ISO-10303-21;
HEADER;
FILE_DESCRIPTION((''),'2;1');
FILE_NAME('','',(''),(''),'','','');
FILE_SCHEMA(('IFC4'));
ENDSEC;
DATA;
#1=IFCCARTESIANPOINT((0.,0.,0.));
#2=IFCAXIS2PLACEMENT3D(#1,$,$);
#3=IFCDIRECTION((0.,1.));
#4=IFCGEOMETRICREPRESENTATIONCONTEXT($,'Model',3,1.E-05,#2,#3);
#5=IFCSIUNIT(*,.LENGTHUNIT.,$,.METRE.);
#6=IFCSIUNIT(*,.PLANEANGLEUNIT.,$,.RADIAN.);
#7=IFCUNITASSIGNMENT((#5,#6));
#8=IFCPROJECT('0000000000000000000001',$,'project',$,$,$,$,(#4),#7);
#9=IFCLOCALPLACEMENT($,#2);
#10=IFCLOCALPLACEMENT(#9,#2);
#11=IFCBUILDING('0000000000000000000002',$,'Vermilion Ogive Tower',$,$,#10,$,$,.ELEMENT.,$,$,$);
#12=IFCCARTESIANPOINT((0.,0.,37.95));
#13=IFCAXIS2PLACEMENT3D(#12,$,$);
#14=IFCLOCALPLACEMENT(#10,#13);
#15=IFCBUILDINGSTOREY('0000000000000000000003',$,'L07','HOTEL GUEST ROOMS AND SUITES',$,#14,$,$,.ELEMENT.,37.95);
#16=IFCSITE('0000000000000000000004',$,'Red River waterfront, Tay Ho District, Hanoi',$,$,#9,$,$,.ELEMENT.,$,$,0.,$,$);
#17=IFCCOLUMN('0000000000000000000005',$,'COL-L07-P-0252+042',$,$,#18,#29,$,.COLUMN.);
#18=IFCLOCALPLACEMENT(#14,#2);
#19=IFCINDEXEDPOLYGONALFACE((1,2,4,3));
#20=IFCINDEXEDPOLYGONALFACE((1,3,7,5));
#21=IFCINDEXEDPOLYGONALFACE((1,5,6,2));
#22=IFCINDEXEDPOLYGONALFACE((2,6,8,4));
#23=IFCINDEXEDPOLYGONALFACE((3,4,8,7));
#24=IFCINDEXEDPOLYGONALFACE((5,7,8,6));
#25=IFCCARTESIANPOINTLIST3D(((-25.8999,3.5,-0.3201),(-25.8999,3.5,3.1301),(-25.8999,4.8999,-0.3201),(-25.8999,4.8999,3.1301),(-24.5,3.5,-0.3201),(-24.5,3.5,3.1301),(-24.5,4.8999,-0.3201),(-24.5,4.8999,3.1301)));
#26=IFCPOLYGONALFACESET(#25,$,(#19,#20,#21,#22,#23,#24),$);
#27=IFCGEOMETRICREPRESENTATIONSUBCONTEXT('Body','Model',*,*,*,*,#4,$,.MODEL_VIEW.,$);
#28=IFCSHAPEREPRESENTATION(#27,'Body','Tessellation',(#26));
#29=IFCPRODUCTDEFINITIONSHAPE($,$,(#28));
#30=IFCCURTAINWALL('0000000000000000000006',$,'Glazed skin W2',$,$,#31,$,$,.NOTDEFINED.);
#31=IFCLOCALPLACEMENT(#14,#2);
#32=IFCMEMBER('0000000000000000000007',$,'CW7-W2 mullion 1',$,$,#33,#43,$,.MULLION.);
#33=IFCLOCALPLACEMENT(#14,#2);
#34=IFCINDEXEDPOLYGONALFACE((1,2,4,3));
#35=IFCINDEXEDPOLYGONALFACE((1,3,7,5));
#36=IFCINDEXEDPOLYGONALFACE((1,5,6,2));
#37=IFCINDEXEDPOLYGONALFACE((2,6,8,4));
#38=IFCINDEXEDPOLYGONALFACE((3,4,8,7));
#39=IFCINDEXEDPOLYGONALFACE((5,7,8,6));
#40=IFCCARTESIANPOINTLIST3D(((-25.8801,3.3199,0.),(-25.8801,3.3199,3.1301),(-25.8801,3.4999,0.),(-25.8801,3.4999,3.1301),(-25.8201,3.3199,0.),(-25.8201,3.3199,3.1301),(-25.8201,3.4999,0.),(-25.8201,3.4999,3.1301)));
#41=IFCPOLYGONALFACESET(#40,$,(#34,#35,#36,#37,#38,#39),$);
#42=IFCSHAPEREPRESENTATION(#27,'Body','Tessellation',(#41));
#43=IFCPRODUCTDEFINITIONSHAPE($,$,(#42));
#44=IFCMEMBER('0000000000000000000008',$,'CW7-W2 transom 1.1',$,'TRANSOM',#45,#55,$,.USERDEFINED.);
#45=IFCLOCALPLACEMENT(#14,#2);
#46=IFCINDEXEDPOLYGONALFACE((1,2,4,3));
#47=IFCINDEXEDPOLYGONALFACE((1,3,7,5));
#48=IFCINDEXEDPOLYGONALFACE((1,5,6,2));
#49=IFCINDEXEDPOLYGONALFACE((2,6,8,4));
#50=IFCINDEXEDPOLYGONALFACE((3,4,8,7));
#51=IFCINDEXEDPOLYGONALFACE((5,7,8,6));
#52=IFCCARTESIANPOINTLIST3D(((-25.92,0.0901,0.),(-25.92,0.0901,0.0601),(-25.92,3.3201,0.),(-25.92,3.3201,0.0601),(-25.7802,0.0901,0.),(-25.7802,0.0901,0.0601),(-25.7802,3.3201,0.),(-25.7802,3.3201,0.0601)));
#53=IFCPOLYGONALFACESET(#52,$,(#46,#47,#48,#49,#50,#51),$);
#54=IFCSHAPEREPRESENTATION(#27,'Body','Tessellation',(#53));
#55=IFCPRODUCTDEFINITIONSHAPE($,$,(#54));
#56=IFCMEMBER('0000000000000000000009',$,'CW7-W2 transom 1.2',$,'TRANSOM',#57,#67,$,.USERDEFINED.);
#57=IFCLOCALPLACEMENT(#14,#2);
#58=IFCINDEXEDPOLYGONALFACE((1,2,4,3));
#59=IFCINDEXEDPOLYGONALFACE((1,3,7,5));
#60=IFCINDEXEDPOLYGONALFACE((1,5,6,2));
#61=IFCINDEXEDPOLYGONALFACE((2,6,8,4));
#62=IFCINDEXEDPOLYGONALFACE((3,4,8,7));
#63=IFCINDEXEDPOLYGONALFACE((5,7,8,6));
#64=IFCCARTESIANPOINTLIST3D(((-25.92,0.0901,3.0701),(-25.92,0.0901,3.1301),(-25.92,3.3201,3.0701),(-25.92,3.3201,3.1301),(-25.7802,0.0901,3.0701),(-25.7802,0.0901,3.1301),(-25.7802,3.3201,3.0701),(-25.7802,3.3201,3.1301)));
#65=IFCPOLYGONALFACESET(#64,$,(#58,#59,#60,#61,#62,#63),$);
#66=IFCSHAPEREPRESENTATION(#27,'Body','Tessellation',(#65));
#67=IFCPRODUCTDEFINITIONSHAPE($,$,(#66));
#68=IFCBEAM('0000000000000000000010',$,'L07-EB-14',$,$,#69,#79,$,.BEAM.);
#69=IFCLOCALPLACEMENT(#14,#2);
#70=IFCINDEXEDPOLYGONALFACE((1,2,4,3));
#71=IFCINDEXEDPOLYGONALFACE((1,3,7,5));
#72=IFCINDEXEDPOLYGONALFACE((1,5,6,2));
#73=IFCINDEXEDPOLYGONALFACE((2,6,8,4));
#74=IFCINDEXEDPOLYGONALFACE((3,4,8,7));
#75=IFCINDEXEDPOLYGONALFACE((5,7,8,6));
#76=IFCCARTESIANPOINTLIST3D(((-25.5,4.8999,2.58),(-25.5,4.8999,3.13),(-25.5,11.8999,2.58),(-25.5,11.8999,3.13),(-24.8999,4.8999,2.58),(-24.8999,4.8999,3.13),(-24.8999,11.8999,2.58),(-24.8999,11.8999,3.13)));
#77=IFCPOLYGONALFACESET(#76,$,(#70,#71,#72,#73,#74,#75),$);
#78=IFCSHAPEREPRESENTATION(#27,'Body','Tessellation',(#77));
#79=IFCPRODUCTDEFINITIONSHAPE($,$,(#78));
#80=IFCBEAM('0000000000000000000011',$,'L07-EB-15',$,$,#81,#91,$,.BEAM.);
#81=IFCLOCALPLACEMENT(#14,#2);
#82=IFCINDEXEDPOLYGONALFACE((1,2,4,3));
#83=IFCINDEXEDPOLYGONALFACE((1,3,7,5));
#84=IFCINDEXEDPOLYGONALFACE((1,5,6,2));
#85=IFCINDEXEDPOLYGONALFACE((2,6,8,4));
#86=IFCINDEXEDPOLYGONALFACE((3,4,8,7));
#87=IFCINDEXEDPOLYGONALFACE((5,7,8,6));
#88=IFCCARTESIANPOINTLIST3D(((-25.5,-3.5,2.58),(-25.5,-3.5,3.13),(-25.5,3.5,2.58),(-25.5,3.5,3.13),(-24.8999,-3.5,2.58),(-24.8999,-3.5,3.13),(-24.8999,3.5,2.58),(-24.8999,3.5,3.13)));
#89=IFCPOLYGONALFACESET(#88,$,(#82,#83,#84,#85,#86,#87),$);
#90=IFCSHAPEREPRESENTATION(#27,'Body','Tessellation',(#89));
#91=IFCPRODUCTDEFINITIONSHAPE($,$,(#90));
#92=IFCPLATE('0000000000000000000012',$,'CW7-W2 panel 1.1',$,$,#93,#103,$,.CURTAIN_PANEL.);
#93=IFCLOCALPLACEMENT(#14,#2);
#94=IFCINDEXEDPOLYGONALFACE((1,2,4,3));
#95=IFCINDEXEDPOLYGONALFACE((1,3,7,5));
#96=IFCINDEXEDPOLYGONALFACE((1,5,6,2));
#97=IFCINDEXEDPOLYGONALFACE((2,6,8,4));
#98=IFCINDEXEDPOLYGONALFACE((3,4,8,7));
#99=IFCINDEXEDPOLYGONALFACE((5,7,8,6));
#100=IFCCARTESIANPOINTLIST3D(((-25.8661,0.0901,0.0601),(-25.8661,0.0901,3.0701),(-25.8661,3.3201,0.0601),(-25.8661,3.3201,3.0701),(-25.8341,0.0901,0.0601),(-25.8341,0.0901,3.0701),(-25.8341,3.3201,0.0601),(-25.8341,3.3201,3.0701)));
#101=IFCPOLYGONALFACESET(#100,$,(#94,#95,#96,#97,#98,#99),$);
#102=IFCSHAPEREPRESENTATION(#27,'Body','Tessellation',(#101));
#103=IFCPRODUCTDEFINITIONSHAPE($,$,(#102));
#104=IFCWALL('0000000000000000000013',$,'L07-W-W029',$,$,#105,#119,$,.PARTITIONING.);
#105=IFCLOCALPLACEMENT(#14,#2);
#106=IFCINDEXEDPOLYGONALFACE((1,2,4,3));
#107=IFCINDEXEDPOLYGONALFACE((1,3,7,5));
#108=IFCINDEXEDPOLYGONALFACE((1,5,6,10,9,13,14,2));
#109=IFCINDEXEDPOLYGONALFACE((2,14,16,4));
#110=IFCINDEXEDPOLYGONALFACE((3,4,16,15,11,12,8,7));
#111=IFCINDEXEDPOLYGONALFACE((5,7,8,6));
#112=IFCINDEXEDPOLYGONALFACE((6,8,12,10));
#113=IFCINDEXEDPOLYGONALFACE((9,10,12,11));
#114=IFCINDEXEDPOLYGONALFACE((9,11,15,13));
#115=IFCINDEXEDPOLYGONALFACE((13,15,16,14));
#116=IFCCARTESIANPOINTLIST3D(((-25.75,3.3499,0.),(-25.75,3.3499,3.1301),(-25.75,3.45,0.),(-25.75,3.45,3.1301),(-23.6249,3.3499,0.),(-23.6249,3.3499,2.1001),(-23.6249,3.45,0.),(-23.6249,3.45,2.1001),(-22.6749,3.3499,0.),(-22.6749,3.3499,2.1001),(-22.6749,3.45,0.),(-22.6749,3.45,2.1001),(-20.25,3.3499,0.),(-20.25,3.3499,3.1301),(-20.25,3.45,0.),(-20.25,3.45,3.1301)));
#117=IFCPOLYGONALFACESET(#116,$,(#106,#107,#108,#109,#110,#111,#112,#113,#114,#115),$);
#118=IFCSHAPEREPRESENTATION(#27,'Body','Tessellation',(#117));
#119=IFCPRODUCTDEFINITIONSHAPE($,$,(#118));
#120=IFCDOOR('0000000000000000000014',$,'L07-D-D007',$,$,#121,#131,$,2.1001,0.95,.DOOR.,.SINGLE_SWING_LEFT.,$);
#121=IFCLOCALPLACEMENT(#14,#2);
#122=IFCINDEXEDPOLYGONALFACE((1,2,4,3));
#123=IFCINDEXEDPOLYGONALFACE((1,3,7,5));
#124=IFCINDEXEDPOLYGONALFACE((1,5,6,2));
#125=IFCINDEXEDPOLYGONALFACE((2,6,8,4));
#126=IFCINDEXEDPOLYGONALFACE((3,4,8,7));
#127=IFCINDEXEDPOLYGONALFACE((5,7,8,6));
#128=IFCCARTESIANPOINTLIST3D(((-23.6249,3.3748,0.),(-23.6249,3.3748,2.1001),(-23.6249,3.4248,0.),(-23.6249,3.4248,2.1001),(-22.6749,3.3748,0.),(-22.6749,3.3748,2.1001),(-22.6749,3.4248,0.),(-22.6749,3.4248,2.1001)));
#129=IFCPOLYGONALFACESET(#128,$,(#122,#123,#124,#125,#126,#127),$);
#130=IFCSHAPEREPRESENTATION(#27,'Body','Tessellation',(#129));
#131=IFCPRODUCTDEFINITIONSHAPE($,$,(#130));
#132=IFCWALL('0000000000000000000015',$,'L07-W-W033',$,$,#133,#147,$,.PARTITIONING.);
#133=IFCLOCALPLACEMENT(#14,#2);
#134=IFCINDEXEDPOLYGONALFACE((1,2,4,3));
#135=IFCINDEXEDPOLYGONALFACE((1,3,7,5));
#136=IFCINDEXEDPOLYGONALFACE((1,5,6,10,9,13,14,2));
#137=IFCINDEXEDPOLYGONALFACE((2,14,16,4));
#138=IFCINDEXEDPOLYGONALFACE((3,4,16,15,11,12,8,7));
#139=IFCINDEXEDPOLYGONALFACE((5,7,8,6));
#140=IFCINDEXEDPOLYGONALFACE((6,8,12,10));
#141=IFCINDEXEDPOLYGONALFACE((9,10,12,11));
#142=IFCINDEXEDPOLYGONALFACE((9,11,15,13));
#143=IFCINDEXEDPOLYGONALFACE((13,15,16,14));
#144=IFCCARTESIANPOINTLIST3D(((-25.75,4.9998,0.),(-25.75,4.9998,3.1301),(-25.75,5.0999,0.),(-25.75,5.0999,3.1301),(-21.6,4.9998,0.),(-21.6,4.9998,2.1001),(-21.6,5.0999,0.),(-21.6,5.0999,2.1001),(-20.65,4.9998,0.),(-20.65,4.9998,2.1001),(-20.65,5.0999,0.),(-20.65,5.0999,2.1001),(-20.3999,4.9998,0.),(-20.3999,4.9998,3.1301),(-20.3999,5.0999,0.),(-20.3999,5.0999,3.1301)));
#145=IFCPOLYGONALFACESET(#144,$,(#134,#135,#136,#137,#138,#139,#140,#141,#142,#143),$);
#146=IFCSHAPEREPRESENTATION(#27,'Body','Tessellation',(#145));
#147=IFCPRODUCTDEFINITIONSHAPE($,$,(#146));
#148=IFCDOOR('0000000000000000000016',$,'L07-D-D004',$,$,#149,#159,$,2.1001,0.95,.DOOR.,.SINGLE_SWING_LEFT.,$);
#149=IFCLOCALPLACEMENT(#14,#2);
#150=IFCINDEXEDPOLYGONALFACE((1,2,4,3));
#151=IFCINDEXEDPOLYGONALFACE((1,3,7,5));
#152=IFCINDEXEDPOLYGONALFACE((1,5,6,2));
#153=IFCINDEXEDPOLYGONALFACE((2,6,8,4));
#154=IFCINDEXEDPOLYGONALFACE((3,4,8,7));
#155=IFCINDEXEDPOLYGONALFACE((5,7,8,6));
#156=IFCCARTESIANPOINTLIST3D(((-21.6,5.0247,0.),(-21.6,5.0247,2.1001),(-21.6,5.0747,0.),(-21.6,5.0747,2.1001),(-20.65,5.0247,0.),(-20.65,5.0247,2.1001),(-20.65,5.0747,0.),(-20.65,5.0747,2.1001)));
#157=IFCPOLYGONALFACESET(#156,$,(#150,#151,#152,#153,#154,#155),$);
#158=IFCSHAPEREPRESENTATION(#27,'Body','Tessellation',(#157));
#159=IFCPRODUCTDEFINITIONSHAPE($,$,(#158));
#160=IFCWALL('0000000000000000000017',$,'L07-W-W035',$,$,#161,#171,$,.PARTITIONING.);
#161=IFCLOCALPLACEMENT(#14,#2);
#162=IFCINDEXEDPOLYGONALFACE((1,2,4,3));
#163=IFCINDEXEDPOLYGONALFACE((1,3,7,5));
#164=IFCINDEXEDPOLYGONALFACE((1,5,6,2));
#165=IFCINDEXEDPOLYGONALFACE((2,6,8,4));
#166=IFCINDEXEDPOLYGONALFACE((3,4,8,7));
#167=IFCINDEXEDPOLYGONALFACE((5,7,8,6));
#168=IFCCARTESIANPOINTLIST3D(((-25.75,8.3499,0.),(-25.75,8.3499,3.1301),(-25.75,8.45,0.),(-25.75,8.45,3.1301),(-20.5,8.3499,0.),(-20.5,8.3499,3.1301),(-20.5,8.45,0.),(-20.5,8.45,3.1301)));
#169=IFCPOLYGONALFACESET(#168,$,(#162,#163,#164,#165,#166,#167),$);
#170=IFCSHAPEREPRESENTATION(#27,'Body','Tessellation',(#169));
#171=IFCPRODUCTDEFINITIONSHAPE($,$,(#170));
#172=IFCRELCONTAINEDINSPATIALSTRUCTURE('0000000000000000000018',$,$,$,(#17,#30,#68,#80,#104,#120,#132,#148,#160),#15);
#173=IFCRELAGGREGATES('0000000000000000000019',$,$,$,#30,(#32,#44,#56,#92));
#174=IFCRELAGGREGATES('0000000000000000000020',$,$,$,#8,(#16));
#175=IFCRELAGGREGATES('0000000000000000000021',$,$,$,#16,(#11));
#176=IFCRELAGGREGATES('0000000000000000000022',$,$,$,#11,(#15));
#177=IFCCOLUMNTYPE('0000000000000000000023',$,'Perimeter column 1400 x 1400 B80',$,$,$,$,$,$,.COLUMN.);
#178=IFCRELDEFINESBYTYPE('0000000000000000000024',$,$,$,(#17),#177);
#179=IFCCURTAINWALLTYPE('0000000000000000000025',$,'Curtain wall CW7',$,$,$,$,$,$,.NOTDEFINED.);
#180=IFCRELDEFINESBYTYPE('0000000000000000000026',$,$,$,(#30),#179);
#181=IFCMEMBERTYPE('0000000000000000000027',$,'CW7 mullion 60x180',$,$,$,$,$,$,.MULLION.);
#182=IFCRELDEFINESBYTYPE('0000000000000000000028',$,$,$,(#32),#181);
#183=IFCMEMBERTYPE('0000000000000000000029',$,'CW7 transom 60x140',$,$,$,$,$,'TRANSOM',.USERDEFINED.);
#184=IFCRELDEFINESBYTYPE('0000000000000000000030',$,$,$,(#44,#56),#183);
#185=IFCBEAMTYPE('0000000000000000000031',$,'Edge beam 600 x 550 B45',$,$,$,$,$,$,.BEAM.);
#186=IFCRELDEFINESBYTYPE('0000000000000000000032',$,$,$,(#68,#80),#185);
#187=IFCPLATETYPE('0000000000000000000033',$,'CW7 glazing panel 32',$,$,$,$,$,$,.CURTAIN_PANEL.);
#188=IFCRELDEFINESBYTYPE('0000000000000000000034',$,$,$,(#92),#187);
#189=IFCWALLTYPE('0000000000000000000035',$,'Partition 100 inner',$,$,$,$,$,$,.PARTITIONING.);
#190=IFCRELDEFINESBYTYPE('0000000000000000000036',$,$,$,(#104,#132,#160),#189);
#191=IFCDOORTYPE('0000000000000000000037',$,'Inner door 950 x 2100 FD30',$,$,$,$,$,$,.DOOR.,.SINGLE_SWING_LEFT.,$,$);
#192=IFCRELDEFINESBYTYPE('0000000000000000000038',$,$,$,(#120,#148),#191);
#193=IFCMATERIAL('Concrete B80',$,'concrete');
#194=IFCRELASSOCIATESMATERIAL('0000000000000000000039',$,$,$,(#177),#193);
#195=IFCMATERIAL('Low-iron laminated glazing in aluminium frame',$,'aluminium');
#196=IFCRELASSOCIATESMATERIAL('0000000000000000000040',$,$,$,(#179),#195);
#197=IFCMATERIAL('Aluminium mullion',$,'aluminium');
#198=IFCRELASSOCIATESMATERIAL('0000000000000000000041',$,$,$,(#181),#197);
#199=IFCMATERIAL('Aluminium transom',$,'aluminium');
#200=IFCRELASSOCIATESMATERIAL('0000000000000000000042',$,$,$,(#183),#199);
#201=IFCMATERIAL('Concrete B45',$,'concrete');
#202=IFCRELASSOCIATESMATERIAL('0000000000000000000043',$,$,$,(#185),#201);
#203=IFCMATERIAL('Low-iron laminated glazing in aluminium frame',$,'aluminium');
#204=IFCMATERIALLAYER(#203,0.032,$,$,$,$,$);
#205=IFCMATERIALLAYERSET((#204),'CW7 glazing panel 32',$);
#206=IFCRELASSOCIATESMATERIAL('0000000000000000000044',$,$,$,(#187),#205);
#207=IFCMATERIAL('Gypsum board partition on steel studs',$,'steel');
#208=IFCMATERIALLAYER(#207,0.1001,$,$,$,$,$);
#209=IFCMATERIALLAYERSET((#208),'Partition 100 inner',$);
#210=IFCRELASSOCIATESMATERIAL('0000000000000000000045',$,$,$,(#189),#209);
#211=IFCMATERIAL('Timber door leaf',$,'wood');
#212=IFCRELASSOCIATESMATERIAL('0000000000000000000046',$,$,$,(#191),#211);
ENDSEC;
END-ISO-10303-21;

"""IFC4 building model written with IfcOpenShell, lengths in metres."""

from ifc_helpers import new_model, si_unit, direction, frame, frame_2d, origin, origin_2d, place, context, subcontext, project, spatial, rectangle, extrude, material, layer, layer_set, material_profile, profile_set, type_object, element, fill, aggregate, save


model = new_model("IFC4")

# Units and contexts
model_context = context("Model", 3, precision=1e-05, world=origin(), true_north=direction((0.0, 1.0)))
body_context = subcontext(model_context, "Body", "Model", "MODEL_VIEW")
ifc_project = project(units=[si_unit("LENGTHUNIT", "METRE"), si_unit("PLANEANGLEUNIT", "RADIAN")], contexts=[model_context])

# Site, building, storey
site_placement = place(None, origin())
site = spatial("IfcSite", under=ifc_project, at=site_placement, Name="Red River waterfront, Tay Ho District, Hanoi", CompositionType="ELEMENT", RefElevation=0.0)
building_placement = place(site_placement, origin())
building = spatial("IfcBuilding", under=site, at=building_placement, Name="Vermilion Ogive Tower", CompositionType="ELEMENT")
storey_placement = place(building_placement, frame((0.0, 0.0, 37.95)))
storey = spatial("IfcBuildingStorey", under=building, at=storey_placement, Name="L07", Description="HOTEL GUEST ROOMS AND SUITES", CompositionType="ELEMENT", Elevation=37.95)

# Column
ifc_material_1 = material(Name="Concrete B80", Category="concrete")
ifc_material_profile_1 = material_profile(ifc_material_1, rectangle(XDim=1.3999, YDim=1.3999, at=origin_2d()), Name="1400 x 1400")
ifc_profile_set_1 = profile_set([ifc_material_profile_1], Name="Concrete B80")
column_type = type_object("IfcColumnType", Name="Perimeter column 1400 x 1400 B80", PredefinedType="COLUMN", material=ifc_profile_set_1)
column_placement = place(storey_placement, frame((-25.2, 4.2, -0.3201), z_axis=(0.0, 0.0, 1.0), x_axis=(1.0, 0.0, 0.0)))
element("IfcColumn", 1, at=column_placement, inside=storey, type_object=column_type, Name="COL-L07-P-0252+042", PredefinedType="COLUMN", context=body_context, shape_type="SweptSolid", body=[
    extrude(rectangle(XDim=1.3999, YDim=1.3999, at=origin_2d()), origin(), (0.0, 0.0, 1.0), 3.4502),
])

# Curtain wall, members
ifc_material_2 = material(Name="Low-iron laminated glazing in aluminium frame", Category="aluminium")
curtain_wall_type = type_object("IfcCurtainWallType", Name="Curtain wall CW7", PredefinedType="NOTDEFINED", material=ifc_material_2)
curtain_wall_placement = place(storey_placement, origin())
curtain_wall = element("IfcCurtainWall", 2, at=curtain_wall_placement, inside=storey, type_object=curtain_wall_type, Name="Glazed skin W2", PredefinedType="NOTDEFINED")
ifc_material_3 = material(Name="Aluminium mullion", Category="aluminium")
ifc_material_profile_2 = material_profile(ifc_material_3, rectangle(XDim=0.0601, YDim=0.1799, at=origin_2d()), Name="AL 60x180")
ifc_profile_set_2 = profile_set([ifc_material_profile_2], Name="Aluminium mullion")
member_type_1 = type_object("IfcMemberType", Name="CW7 mullion 60x180", PredefinedType="MULLION", material=ifc_profile_set_2)
member_1_placement = place(storey_placement, frame((-25.8501, 3.4099, 0.0), z_axis=(0.0, 0.0, 1.0), x_axis=(1.0, 0.0, 0.0)))
member_1 = element("IfcMember", 3, at=member_1_placement, type_object=member_type_1, Name="CW7-W2 mullion 1", PredefinedType="MULLION", context=body_context, shape_type="SweptSolid", body=[
    extrude(rectangle(XDim=0.0601, YDim=0.1799, at=origin_2d()), origin(), (0.0, 0.0, 1.0), 3.1301),
])
ifc_material_4 = material(Name="Aluminium transom", Category="aluminium")
ifc_material_profile_3 = material_profile(ifc_material_4, rectangle(XDim=0.1399, YDim=0.0601, at=origin_2d()), Name="AL 60x140")
ifc_profile_set_3 = profile_set([ifc_material_profile_3], Name="Aluminium transom")
member_type_2 = type_object("IfcMemberType", Name="CW7 transom 60x140", ElementType="TRANSOM", PredefinedType="USERDEFINED", material=ifc_profile_set_3)
member_2_placement = place(storey_placement, frame((-25.8501, 3.3201, 0.03), z_axis=(0.0, -1.0, 0.0), x_axis=(1.0, 0.0, 0.0)))
member_2 = element("IfcMember", 4, at=member_2_placement, type_object=member_type_2, Name="CW7-W2 transom 1.1", ObjectType="TRANSOM", PredefinedType="USERDEFINED", context=body_context, shape_type="SweptSolid", body=[
    extrude(rectangle(XDim=0.1399, YDim=0.0601, at=origin_2d()), origin(), (0.0, 0.0, 1.0), 3.23),
])
member_3_placement = place(storey_placement, frame((-25.8501, 3.3201, 3.1001), z_axis=(0.0, -1.0, 0.0), x_axis=(1.0, 0.0, 0.0)))
member_3 = element("IfcMember", 5, at=member_3_placement, type_object=member_type_2, Name="CW7-W2 transom 1.2", ObjectType="TRANSOM", PredefinedType="USERDEFINED", context=body_context, shape_type="SweptSolid", body=[
    extrude(rectangle(XDim=0.1399, YDim=0.0601, at=origin_2d()), origin(), (0.0, 0.0, 1.0), 3.23),
])

# Beams
ifc_material_5 = material(Name="Concrete B45", Category="concrete")
ifc_material_profile_4 = material_profile(ifc_material_5, rectangle(XDim=0.6001, YDim=0.55, at=origin_2d()), Name="600 x 550")
ifc_profile_set_4 = profile_set([ifc_material_profile_4], Name="Concrete B45")
beam_type = type_object("IfcBeamType", Name="Edge beam 600 x 550 B45", PredefinedType="BEAM", material=ifc_profile_set_4)
for number, where, z_axis, x_axis, name in (
    (6, (-25.2, 11.8999, 2.855), (0.0, -1.0, 0.0), (1.0, 0.0, 0.0), "L07-EB-14"),
    (7, (-25.2, 3.5, 2.855), (0.0, -1.0, 0.0), (1.0, 0.0, 0.0), "L07-EB-15"),
):
    element("IfcBeam", number, at=place(storey_placement, frame(where, z_axis=z_axis, x_axis=x_axis)), inside=storey, type_object=beam_type, Name=name, PredefinedType="BEAM", context=body_context, shape_type="SweptSolid", body=[
        extrude(rectangle(XDim=0.6001, YDim=0.55, at=origin_2d()), origin(), (0.0, 0.0, 1.0), 7.0),
    ])

# Plate
ifc_material_6 = material(Name="Low-iron laminated glazing in aluminium frame", Category="aluminium")
ifc_layer_1 = layer(ifc_material_6, 0.032)
ifc_layer_set_1 = layer_set([ifc_layer_1], Name="CW7 glazing panel 32")
plate_type = type_object("IfcPlateType", Name="CW7 glazing panel 32", PredefinedType="CURTAIN_PANEL", material=ifc_layer_set_1)
plate_placement = place(storey_placement, frame((-25.8501, 1.7051, 0.0601), z_axis=(0.0, 0.0, 1.0), x_axis=(0.0, -1.0, 0.0)))
plate = element("IfcPlate", 8, at=plate_placement, type_object=plate_type, Name="CW7-W2 panel 1.1", PredefinedType="CURTAIN_PANEL", context=body_context, shape_type="SweptSolid", body=[
    extrude(rectangle(XDim=3.23, YDim=0.032, at=origin_2d()), origin(), (0.0, 0.0, 1.0), 3.01),
])
aggregate(curtain_wall, [member_1, member_2, member_3, plate])

# Walls, openings, doors
ifc_material_7 = material(Name="Gypsum board partition on steel studs", Category="steel")
ifc_layer_2 = layer(ifc_material_7, 0.1001)
ifc_layer_set_2 = layer_set([ifc_layer_2], Name="Partition 100 inner")
wall_type_1 = type_object("IfcWallType", Name="Partition 100 inner", PredefinedType="PARTITIONING", material=ifc_layer_set_2)
wall_1_placement = place(storey_placement, frame((-25.75, 3.3999, 0.0), z_axis=(0.0, 0.0, 1.0), x_axis=(1.0, 0.0, 0.0)))
wall_1 = element("IfcWall", 9, at=wall_1_placement, inside=storey, type_object=wall_type_1, Name="L07-W-W029", PredefinedType="PARTITIONING", context=body_context, shape_type="SweptSolid", body=[
    extrude(rectangle(XDim=5.5, YDim=0.1001, at=frame_2d((2.75, 0.0))), origin(), (0.0, 0.0, 1.0), 3.1301),
])
opening_1_placement = place(wall_1_placement, frame((2.125, 0.0, 0.0)))
opening_1 = element("IfcOpeningElement", 10, at=opening_1_placement, cuts=wall_1, PredefinedType="OPENING", context=body_context, shape_type="SweptSolid", body=[
    extrude(rectangle(XDim=0.95, YDim=2.1001, at=frame_2d((0.4751, 1.05))), frame((0.0, 0.0601, 0.0), z_axis=(0.0, -1.0, 0.0), x_axis=(1.0, 0.0, 0.0)), (0.0, 0.0, 1.0), 0.1201),
])
ifc_material_8 = material(Name="Timber door leaf", Category="wood")
door_type_1 = type_object("IfcDoorType", Name="Inner door 950 x 2100 FD30", OperationType="SINGLE_SWING_LEFT", PredefinedType="DOOR", material=ifc_material_8)
door_1_placement = place(opening_1_placement, origin())
door_1 = element("IfcDoor", 11, at=door_1_placement, inside=storey, type_object=door_type_1, Name="L07-D-D007", OperationType="SINGLE_SWING_LEFT", OverallHeight=2.1001, OverallWidth=0.95, PredefinedType="DOOR", context=body_context, shape_type="SweptSolid", body=[
    extrude(rectangle(XDim=0.95, YDim=2.1001, at=frame_2d((0.4751, 1.05))), frame((0.0, 0.0249, 0.0), z_axis=(0.0, -1.0, 0.0), x_axis=(1.0, 0.0, 0.0)), (0.0, 0.0, 1.0), 0.05),
])
fill(opening_1, door_1)
wall_2_placement = place(storey_placement, frame((-25.75, 5.0498, 0.0), z_axis=(0.0, 0.0, 1.0), x_axis=(1.0, 0.0, 0.0)))
wall_2 = element("IfcWall", 12, at=wall_2_placement, inside=storey, type_object=wall_type_1, Name="L07-W-W033", PredefinedType="PARTITIONING", context=body_context, shape_type="SweptSolid", body=[
    extrude(rectangle(XDim=5.3501, YDim=0.1001, at=frame_2d((2.675, 0.0))), origin(), (0.0, 0.0, 1.0), 3.1301),
])
opening_2_placement = place(wall_2_placement, frame((4.1499, 0.0, 0.0)))
opening_2 = element("IfcOpeningElement", 13, at=opening_2_placement, cuts=wall_2, PredefinedType="OPENING", context=body_context, shape_type="SweptSolid", body=[
    extrude(rectangle(XDim=0.95, YDim=2.1001, at=frame_2d((0.4751, 1.05))), frame((0.0, 0.0601, 0.0), z_axis=(0.0, -1.0, 0.0), x_axis=(1.0, 0.0, 0.0)), (0.0, 0.0, 1.0), 0.1201),
])
door_2_placement = place(opening_2_placement, origin())
door_2 = element("IfcDoor", 14, at=door_2_placement, inside=storey, type_object=door_type_1, Name="L07-D-D004", OperationType="SINGLE_SWING_LEFT", OverallHeight=2.1001, OverallWidth=0.95, PredefinedType="DOOR", context=body_context, shape_type="SweptSolid", body=[
    extrude(rectangle(XDim=0.95, YDim=2.1001, at=frame_2d((0.4751, 1.05))), frame((0.0, 0.0249, 0.0), z_axis=(0.0, -1.0, 0.0), x_axis=(1.0, 0.0, 0.0)), (0.0, 0.0, 1.0), 0.05),
])
fill(opening_2, door_2)

# Wall
wall_3_placement = place(storey_placement, frame((-25.75, 8.3999, 0.0), z_axis=(0.0, 0.0, 1.0), x_axis=(1.0, 0.0, 0.0)))
element("IfcWall", 15, at=wall_3_placement, inside=storey, type_object=wall_type_1, Name="L07-W-W035", PredefinedType="PARTITIONING", context=body_context, shape_type="SweptSolid", body=[
    extrude(rectangle(XDim=5.25, YDim=0.1001, at=frame_2d((2.625, 0.0))), origin(), (0.0, 0.0, 1.0), 3.1301),
])

save(model, "model.ifc")
